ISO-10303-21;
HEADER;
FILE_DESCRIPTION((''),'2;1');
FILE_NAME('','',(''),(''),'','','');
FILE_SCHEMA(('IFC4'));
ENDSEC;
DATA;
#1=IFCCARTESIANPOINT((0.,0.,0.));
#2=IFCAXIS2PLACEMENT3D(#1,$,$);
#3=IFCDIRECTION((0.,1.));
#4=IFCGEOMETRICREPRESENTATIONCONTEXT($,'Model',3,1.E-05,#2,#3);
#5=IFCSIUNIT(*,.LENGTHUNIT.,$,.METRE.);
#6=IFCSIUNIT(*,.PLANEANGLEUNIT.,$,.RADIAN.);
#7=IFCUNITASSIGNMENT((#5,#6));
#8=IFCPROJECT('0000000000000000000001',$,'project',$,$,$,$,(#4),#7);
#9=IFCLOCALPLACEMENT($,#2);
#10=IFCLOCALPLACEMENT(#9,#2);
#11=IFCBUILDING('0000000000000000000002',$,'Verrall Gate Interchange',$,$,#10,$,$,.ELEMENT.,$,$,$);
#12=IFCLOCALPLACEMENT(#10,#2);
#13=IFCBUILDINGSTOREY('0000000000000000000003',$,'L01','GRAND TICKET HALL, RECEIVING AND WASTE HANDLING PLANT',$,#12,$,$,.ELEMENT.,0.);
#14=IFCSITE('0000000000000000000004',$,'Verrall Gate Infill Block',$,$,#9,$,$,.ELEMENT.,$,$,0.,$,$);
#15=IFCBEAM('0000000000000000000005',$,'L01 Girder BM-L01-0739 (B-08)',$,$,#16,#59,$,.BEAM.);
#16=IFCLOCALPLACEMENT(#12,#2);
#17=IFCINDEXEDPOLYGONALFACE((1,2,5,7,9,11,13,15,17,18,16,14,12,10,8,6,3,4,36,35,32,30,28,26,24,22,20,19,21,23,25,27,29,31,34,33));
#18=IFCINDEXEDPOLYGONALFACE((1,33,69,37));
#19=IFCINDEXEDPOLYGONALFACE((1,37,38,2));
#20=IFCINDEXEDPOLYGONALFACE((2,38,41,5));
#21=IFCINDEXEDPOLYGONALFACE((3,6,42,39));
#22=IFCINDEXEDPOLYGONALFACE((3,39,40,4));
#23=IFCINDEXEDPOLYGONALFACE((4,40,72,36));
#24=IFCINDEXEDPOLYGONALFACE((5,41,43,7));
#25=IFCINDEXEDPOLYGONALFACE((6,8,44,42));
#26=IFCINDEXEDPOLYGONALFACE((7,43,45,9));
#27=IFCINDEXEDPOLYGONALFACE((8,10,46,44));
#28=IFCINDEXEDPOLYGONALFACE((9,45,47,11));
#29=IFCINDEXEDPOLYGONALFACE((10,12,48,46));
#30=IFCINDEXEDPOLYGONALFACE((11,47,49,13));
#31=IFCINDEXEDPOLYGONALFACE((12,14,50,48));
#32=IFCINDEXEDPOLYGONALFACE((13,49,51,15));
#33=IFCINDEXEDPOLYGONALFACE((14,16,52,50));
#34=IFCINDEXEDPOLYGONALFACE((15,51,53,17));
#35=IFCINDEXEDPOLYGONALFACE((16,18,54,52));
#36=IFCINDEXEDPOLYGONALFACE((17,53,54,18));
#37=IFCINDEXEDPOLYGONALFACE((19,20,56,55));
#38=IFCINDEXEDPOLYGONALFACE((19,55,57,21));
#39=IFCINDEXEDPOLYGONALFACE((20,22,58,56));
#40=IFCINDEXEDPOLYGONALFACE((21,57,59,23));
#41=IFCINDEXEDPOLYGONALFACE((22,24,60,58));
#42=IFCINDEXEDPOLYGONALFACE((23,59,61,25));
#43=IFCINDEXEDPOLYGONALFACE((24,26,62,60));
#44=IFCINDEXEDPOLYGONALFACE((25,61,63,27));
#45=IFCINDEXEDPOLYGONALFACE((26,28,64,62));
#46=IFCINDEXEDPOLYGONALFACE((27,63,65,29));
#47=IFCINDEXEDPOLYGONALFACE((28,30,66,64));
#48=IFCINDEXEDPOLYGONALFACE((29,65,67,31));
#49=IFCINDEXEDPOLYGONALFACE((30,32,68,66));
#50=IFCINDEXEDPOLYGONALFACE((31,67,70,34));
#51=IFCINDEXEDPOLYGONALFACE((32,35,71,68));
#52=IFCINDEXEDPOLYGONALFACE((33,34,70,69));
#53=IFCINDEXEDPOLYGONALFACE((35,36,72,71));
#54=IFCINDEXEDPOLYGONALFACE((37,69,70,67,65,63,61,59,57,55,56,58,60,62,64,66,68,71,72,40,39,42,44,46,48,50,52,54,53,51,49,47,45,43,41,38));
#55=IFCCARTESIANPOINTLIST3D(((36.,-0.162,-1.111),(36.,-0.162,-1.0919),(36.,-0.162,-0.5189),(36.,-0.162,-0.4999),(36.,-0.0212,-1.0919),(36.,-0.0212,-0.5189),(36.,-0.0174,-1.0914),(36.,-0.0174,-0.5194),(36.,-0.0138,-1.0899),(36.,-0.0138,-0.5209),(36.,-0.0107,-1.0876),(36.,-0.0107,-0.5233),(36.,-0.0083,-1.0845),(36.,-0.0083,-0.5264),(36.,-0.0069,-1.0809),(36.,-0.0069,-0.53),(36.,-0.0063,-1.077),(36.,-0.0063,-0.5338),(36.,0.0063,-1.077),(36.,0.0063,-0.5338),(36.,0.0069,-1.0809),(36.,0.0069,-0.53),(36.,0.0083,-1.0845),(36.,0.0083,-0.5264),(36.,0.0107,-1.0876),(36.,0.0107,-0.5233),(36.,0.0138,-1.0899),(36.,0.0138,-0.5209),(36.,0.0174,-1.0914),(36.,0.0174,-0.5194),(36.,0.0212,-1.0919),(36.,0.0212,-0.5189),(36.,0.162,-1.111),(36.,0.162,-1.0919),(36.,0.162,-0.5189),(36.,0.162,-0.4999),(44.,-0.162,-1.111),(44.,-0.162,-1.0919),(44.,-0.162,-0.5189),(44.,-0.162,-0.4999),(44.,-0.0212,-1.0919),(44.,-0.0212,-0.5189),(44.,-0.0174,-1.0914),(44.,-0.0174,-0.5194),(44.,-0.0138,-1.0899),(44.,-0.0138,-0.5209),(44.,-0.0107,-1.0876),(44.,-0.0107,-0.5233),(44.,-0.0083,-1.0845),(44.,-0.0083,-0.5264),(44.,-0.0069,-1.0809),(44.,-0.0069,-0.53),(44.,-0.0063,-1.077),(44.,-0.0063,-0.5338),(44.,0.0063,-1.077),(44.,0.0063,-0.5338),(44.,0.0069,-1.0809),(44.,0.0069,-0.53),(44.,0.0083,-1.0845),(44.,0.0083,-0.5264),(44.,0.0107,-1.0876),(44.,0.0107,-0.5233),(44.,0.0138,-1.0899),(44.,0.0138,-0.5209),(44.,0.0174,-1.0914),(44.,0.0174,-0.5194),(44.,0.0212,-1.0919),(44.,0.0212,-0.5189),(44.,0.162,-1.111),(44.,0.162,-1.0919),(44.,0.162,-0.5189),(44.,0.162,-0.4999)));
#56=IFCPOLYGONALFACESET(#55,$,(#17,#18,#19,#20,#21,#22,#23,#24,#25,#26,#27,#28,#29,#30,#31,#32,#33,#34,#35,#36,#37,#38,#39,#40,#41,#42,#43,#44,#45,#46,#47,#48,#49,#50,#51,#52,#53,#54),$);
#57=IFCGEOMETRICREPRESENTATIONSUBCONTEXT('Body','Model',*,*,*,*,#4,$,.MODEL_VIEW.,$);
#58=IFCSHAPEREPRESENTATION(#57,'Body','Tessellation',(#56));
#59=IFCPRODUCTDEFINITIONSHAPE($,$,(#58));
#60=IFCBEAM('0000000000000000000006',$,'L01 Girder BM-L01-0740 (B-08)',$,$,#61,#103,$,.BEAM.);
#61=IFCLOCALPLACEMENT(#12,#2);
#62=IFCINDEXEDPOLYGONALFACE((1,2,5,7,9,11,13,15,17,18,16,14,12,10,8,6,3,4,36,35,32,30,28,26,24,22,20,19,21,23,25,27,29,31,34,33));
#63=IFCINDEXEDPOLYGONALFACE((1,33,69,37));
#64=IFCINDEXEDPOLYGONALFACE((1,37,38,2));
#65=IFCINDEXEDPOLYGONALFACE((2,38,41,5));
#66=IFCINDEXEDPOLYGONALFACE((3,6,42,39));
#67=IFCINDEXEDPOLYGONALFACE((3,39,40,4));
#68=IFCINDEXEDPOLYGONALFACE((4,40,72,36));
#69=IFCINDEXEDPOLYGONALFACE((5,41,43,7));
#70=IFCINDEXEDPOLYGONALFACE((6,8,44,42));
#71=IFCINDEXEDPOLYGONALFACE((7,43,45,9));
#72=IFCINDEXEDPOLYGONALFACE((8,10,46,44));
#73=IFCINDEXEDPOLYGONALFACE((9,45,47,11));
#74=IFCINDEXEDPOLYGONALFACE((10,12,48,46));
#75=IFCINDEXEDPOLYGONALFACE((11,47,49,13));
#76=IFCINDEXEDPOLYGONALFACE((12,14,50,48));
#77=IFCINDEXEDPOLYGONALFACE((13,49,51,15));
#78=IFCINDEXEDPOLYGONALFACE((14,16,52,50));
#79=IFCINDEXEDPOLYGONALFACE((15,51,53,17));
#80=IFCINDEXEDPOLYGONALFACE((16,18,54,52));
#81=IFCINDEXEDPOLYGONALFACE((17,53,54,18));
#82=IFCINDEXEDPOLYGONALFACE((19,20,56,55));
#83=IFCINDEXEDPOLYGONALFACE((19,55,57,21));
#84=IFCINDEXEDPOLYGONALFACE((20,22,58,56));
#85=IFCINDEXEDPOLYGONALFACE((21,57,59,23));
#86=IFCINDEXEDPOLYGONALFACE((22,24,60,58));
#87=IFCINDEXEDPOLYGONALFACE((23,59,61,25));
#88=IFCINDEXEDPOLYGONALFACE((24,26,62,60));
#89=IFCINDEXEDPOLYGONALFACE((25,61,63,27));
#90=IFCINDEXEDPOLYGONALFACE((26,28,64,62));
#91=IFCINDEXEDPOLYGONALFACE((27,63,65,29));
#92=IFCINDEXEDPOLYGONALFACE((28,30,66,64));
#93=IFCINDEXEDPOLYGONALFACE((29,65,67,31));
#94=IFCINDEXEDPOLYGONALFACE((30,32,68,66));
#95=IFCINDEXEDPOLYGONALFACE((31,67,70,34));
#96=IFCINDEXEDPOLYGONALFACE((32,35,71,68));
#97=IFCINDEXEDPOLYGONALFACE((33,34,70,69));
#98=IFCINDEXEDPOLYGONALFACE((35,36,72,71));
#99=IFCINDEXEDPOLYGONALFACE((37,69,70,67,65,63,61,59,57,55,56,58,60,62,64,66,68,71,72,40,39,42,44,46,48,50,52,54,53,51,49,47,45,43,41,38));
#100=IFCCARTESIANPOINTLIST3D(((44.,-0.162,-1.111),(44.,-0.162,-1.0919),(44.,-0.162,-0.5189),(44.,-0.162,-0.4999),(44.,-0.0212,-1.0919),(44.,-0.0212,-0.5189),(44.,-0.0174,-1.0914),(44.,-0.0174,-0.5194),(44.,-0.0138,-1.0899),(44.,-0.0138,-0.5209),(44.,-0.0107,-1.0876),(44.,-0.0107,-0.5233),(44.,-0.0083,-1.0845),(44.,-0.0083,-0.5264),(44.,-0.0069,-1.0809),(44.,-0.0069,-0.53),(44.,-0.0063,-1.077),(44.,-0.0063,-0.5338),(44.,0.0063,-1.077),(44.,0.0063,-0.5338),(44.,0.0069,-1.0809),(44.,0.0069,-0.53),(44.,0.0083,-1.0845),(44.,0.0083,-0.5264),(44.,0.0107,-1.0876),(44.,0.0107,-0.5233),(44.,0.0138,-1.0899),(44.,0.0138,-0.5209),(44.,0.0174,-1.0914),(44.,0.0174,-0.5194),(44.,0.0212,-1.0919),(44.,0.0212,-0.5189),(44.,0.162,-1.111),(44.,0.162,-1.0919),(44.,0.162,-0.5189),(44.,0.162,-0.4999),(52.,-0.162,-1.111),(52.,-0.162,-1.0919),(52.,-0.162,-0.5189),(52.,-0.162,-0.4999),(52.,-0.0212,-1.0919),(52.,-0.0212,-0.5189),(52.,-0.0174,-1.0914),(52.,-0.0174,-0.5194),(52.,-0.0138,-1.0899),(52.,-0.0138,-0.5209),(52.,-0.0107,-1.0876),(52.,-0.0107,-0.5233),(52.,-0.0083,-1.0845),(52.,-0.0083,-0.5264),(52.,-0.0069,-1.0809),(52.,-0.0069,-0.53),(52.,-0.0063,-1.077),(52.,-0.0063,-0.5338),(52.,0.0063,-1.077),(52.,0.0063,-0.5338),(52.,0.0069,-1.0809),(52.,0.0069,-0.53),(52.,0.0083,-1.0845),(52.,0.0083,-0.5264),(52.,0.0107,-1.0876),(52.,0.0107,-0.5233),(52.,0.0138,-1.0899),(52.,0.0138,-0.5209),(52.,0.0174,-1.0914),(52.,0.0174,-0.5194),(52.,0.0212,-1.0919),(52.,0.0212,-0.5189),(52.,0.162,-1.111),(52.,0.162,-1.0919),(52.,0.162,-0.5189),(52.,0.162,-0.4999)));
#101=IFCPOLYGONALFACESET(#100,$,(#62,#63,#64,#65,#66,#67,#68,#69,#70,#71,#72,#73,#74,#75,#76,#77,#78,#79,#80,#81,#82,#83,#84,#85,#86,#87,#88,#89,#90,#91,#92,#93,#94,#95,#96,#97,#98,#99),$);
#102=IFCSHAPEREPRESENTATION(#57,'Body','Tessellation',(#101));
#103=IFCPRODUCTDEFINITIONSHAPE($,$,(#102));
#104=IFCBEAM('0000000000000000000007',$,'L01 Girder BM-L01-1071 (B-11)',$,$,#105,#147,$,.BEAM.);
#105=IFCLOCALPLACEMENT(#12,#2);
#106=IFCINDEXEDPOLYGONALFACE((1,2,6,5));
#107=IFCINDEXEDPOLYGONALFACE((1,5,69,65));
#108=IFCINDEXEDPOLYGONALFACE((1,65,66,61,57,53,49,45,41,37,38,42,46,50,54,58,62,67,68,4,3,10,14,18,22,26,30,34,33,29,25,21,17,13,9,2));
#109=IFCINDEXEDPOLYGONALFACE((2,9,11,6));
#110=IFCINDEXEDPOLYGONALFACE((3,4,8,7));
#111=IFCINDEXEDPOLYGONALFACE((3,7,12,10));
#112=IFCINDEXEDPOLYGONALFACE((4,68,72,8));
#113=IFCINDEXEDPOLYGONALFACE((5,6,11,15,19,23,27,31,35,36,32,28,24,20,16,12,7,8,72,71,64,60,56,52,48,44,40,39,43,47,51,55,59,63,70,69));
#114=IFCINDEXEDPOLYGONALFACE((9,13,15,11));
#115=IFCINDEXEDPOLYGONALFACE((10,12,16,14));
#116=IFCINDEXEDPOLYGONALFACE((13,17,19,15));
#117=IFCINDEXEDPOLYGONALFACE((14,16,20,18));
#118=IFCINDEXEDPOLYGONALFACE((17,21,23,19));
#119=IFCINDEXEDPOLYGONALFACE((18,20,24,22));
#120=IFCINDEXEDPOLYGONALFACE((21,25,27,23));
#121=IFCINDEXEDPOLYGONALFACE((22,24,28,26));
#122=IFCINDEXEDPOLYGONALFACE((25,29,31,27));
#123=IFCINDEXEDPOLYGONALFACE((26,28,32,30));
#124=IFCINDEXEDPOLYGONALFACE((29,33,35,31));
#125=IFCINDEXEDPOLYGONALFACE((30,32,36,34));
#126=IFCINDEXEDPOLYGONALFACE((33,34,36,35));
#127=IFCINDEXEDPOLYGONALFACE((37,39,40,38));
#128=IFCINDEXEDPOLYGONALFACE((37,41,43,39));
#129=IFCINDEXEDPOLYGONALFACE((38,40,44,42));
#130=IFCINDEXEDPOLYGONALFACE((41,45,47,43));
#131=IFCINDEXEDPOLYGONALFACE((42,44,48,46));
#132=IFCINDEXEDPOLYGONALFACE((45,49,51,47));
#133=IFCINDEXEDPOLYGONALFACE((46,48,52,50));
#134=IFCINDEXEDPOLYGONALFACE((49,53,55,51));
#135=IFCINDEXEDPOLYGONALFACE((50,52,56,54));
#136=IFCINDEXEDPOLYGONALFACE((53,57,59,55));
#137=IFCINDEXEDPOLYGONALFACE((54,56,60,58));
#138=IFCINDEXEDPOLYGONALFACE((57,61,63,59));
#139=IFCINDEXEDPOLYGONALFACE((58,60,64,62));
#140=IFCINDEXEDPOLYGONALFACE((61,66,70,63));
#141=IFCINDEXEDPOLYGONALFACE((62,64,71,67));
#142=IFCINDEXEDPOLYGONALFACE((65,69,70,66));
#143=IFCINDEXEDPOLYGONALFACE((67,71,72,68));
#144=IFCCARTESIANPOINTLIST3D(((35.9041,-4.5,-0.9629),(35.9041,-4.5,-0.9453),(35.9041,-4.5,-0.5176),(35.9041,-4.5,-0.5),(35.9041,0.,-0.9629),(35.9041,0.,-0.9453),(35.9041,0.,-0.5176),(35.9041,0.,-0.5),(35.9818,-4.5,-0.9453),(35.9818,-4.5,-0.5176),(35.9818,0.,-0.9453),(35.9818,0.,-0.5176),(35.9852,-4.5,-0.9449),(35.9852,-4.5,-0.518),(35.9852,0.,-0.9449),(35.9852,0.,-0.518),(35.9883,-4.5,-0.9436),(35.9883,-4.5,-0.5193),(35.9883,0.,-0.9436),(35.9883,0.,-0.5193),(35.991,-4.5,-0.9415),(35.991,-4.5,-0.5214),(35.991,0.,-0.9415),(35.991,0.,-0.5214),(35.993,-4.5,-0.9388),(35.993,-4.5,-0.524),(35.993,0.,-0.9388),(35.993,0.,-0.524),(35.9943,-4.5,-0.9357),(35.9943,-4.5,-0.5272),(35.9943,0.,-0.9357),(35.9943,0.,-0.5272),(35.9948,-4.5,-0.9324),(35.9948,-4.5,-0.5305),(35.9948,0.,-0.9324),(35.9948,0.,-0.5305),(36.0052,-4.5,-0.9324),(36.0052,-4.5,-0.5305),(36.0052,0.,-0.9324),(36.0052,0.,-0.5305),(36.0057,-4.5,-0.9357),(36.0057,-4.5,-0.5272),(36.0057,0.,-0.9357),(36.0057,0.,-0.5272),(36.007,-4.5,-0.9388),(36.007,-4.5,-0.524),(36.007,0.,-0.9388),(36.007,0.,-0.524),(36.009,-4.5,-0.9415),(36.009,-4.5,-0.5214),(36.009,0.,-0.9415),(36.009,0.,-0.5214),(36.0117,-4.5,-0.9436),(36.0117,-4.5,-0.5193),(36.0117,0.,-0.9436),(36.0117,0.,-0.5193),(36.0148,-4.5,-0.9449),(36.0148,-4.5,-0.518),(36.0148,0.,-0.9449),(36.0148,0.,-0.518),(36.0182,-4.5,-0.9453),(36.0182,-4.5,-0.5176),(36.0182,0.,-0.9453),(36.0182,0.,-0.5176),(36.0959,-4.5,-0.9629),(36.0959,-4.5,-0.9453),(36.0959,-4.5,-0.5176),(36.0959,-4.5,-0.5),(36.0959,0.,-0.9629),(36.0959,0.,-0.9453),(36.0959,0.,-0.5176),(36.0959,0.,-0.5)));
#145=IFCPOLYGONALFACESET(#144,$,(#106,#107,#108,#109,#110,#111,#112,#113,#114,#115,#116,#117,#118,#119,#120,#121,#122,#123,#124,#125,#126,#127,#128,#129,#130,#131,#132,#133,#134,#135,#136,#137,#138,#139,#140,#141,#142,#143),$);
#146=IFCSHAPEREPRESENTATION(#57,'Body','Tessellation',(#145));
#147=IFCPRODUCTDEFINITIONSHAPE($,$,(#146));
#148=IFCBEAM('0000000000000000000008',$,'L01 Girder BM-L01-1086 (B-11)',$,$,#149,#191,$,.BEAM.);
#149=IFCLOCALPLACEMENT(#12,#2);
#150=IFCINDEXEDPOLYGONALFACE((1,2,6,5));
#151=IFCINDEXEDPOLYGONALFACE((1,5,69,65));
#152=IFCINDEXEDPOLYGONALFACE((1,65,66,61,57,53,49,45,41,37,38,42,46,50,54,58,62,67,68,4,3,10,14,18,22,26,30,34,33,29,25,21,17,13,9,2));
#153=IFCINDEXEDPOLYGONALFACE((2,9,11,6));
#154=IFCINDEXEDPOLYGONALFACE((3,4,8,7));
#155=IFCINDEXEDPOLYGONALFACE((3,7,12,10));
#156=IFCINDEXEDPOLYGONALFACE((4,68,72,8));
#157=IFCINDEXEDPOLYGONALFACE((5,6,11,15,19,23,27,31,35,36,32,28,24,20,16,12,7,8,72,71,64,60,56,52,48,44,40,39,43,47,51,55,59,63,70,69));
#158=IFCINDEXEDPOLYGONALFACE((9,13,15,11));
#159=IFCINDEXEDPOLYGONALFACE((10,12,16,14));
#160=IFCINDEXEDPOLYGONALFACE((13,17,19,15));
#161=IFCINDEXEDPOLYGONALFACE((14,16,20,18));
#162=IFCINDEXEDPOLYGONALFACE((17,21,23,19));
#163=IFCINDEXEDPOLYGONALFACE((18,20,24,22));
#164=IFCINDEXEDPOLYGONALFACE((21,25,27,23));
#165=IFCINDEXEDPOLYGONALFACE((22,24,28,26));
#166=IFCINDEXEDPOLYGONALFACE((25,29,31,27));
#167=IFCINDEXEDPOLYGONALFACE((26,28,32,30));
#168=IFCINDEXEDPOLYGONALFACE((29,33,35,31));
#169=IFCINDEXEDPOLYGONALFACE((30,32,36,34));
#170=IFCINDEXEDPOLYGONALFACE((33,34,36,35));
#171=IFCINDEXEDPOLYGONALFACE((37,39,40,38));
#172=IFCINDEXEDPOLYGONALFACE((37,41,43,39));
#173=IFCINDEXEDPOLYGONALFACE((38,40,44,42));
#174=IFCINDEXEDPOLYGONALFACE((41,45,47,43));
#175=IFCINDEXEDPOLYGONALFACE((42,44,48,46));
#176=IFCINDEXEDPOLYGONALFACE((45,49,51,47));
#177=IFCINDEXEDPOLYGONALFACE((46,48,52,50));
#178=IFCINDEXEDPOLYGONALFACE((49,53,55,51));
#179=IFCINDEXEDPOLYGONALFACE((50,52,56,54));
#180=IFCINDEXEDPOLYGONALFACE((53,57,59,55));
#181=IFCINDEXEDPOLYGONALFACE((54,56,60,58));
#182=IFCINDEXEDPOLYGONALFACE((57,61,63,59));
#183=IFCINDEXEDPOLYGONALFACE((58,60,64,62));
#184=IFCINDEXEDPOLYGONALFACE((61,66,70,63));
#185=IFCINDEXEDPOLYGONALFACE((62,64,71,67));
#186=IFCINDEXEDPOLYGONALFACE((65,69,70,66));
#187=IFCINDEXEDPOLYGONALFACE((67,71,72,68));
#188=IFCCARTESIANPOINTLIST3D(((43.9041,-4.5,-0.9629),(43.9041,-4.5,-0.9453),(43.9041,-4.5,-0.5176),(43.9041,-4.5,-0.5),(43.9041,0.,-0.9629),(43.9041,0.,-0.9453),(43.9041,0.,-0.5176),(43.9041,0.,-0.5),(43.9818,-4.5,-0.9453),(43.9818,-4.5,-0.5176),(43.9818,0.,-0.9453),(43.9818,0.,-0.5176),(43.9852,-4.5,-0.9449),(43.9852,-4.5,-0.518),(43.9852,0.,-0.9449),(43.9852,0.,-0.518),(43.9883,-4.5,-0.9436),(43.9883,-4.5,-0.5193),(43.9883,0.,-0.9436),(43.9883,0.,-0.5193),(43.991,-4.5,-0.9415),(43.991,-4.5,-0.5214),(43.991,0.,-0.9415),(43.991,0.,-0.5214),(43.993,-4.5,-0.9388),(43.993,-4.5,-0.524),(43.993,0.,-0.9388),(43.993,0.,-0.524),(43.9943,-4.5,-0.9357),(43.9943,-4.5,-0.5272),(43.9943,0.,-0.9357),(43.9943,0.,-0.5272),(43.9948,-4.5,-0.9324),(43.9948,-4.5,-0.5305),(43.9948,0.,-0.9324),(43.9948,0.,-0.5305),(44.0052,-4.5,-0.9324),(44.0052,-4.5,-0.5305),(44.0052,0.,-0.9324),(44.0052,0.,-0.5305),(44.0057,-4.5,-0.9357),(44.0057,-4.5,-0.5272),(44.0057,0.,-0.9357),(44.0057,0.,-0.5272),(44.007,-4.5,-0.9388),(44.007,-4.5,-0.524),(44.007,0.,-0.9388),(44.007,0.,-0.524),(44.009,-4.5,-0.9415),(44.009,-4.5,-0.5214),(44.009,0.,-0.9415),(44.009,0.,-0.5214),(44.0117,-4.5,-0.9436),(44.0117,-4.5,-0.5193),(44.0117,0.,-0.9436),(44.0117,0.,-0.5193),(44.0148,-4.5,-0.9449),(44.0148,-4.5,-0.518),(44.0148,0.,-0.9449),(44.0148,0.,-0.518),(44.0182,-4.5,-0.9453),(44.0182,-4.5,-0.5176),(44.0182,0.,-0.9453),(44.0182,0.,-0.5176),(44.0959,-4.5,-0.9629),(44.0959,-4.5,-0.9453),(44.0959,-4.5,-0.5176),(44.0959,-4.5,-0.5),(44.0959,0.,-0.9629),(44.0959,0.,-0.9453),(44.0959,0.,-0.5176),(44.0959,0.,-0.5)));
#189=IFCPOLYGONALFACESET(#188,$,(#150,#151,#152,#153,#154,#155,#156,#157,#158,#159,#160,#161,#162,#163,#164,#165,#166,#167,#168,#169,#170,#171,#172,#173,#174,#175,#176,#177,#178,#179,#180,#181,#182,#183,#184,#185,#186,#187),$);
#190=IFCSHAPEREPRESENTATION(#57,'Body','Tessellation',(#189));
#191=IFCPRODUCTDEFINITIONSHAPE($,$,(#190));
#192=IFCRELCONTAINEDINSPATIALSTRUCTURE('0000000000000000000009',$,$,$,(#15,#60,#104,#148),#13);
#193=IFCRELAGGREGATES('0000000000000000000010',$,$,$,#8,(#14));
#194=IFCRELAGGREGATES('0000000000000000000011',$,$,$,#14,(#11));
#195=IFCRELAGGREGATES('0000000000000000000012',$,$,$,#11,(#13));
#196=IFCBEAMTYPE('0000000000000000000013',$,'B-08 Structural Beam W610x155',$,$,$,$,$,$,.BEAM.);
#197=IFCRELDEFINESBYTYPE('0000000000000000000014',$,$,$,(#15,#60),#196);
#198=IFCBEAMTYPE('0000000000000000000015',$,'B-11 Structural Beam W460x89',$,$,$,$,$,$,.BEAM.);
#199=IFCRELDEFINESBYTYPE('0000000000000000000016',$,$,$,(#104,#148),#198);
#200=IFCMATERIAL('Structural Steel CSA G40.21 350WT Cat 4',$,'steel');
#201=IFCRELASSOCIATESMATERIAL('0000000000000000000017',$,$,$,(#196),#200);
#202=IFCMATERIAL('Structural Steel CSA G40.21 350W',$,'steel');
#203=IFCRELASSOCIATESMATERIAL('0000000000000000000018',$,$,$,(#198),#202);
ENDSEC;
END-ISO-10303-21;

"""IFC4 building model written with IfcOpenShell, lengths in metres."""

from ifc_helpers import new_model, si_unit, direction, frame, origin, origin_2d, place, context, subcontext, project, spatial, i_section, extrude, material, material_profile, profile_set, type_object, element, save


model = new_model("IFC4")

# Units and contexts
model_context = context("Model", 3, precision=1e-05, world=origin(), true_north=direction((0.0, 1.0)))
body_context = subcontext(model_context, "Body", "Model", "MODEL_VIEW")
ifc_project = project(units=[si_unit("LENGTHUNIT", "METRE"), si_unit("PLANEANGLEUNIT", "RADIAN")], contexts=[model_context])

# Site, building, storey
site_placement = place(None, origin())
site = spatial("IfcSite", under=ifc_project, at=site_placement, Name="Verrall Gate Infill Block", CompositionType="ELEMENT", RefElevation=0.0)
building_placement = place(site_placement, origin())
building = spatial("IfcBuilding", under=site, at=building_placement, Name="Verrall Gate Interchange", CompositionType="ELEMENT")
storey_placement = place(building_placement, origin())
storey = spatial("IfcBuildingStorey", under=building, at=storey_placement, Name="L01", Description="GRAND TICKET HALL, RECEIVING AND WASTE HANDLING PLANT", CompositionType="ELEMENT", Elevation=0.0)

# Beams
ifc_material_1 = material(Name="Structural Steel CSA G40.21 350WT Cat 4", Category="steel")
ifc_material_profile_1 = material_profile(ifc_material_1, i_section(OverallWidth=0.324, OverallDepth=0.6111, WebThickness=0.0127, FlangeThickness=0.019, FilletRadius=0.0149, at=origin_2d()), Name="W610x155")
ifc_profile_set_1 = profile_set([ifc_material_profile_1], Name="Structural Steel CSA G40.21 350WT Cat 4")
beam_type_1 = type_object("IfcBeamType", Name="B-08 Structural Beam W610x155", PredefinedType="BEAM", material=ifc_profile_set_1)
for number, where, z_axis, x_axis, name in (
    (1, (36.0, 0.0, -0.8054), (1.0, 0.0, 0.0), (0.0, 1.0, 0.0), "L01 Girder BM-L01-0739 (B-08)"),
    (2, (44.0, 0.0, -0.8054), (1.0, 0.0, 0.0), (0.0, 1.0, 0.0), "L01 Girder BM-L01-0740 (B-08)"),
):
    element("IfcBeam", number, at=place(storey_placement, frame(where, z_axis=z_axis, x_axis=x_axis)), inside=storey, type_object=beam_type_1, Name=name, PredefinedType="BEAM", context=body_context, shape_type="SweptSolid", body=[
        extrude(i_section(OverallWidth=0.324, OverallDepth=0.6111, WebThickness=0.0127, FlangeThickness=0.019, FilletRadius=0.0149, at=origin_2d()), origin(), (0.0, 0.0, 1.0), 8.0),
    ])
ifc_material_2 = material(Name="Structural Steel CSA G40.21 350W", Category="steel")
ifc_material_profile_2 = material_profile(ifc_material_2, i_section(OverallWidth=0.1919, OverallDepth=0.4629, WebThickness=0.0105, FlangeThickness=0.0176, FilletRadius=0.0129, at=origin_2d()), Name="W460x89")
ifc_profile_set_2 = profile_set([ifc_material_profile_2], Name="Structural Steel CSA G40.21 350W")
beam_type_2 = type_object("IfcBeamType", Name="B-11 Structural Beam W460x89", PredefinedType="BEAM", material=ifc_profile_set_2)
for number, where, z_axis, x_axis, name in (
    (3, (36.0, -4.5, -0.7314), (0.0, 1.0, 0.0), (-1.0, 0.0, 0.0), "L01 Girder BM-L01-1071 (B-11)"),
    (4, (44.0, -4.5, -0.7314), (0.0, 1.0, 0.0), (-1.0, 0.0, 0.0), "L01 Girder BM-L01-1086 (B-11)"),
):
    element("IfcBeam", number, at=place(storey_placement, frame(where, z_axis=z_axis, x_axis=x_axis)), inside=storey, type_object=beam_type_2, Name=name, PredefinedType="BEAM", context=body_context, shape_type="SweptSolid", body=[
        extrude(i_section(OverallWidth=0.1919, OverallDepth=0.4629, WebThickness=0.0105, FlangeThickness=0.0176, FilletRadius=0.0129, at=origin_2d()), origin(), (0.0, 0.0, 1.0), 4.5),
    ])

save(model, "model.ifc")
